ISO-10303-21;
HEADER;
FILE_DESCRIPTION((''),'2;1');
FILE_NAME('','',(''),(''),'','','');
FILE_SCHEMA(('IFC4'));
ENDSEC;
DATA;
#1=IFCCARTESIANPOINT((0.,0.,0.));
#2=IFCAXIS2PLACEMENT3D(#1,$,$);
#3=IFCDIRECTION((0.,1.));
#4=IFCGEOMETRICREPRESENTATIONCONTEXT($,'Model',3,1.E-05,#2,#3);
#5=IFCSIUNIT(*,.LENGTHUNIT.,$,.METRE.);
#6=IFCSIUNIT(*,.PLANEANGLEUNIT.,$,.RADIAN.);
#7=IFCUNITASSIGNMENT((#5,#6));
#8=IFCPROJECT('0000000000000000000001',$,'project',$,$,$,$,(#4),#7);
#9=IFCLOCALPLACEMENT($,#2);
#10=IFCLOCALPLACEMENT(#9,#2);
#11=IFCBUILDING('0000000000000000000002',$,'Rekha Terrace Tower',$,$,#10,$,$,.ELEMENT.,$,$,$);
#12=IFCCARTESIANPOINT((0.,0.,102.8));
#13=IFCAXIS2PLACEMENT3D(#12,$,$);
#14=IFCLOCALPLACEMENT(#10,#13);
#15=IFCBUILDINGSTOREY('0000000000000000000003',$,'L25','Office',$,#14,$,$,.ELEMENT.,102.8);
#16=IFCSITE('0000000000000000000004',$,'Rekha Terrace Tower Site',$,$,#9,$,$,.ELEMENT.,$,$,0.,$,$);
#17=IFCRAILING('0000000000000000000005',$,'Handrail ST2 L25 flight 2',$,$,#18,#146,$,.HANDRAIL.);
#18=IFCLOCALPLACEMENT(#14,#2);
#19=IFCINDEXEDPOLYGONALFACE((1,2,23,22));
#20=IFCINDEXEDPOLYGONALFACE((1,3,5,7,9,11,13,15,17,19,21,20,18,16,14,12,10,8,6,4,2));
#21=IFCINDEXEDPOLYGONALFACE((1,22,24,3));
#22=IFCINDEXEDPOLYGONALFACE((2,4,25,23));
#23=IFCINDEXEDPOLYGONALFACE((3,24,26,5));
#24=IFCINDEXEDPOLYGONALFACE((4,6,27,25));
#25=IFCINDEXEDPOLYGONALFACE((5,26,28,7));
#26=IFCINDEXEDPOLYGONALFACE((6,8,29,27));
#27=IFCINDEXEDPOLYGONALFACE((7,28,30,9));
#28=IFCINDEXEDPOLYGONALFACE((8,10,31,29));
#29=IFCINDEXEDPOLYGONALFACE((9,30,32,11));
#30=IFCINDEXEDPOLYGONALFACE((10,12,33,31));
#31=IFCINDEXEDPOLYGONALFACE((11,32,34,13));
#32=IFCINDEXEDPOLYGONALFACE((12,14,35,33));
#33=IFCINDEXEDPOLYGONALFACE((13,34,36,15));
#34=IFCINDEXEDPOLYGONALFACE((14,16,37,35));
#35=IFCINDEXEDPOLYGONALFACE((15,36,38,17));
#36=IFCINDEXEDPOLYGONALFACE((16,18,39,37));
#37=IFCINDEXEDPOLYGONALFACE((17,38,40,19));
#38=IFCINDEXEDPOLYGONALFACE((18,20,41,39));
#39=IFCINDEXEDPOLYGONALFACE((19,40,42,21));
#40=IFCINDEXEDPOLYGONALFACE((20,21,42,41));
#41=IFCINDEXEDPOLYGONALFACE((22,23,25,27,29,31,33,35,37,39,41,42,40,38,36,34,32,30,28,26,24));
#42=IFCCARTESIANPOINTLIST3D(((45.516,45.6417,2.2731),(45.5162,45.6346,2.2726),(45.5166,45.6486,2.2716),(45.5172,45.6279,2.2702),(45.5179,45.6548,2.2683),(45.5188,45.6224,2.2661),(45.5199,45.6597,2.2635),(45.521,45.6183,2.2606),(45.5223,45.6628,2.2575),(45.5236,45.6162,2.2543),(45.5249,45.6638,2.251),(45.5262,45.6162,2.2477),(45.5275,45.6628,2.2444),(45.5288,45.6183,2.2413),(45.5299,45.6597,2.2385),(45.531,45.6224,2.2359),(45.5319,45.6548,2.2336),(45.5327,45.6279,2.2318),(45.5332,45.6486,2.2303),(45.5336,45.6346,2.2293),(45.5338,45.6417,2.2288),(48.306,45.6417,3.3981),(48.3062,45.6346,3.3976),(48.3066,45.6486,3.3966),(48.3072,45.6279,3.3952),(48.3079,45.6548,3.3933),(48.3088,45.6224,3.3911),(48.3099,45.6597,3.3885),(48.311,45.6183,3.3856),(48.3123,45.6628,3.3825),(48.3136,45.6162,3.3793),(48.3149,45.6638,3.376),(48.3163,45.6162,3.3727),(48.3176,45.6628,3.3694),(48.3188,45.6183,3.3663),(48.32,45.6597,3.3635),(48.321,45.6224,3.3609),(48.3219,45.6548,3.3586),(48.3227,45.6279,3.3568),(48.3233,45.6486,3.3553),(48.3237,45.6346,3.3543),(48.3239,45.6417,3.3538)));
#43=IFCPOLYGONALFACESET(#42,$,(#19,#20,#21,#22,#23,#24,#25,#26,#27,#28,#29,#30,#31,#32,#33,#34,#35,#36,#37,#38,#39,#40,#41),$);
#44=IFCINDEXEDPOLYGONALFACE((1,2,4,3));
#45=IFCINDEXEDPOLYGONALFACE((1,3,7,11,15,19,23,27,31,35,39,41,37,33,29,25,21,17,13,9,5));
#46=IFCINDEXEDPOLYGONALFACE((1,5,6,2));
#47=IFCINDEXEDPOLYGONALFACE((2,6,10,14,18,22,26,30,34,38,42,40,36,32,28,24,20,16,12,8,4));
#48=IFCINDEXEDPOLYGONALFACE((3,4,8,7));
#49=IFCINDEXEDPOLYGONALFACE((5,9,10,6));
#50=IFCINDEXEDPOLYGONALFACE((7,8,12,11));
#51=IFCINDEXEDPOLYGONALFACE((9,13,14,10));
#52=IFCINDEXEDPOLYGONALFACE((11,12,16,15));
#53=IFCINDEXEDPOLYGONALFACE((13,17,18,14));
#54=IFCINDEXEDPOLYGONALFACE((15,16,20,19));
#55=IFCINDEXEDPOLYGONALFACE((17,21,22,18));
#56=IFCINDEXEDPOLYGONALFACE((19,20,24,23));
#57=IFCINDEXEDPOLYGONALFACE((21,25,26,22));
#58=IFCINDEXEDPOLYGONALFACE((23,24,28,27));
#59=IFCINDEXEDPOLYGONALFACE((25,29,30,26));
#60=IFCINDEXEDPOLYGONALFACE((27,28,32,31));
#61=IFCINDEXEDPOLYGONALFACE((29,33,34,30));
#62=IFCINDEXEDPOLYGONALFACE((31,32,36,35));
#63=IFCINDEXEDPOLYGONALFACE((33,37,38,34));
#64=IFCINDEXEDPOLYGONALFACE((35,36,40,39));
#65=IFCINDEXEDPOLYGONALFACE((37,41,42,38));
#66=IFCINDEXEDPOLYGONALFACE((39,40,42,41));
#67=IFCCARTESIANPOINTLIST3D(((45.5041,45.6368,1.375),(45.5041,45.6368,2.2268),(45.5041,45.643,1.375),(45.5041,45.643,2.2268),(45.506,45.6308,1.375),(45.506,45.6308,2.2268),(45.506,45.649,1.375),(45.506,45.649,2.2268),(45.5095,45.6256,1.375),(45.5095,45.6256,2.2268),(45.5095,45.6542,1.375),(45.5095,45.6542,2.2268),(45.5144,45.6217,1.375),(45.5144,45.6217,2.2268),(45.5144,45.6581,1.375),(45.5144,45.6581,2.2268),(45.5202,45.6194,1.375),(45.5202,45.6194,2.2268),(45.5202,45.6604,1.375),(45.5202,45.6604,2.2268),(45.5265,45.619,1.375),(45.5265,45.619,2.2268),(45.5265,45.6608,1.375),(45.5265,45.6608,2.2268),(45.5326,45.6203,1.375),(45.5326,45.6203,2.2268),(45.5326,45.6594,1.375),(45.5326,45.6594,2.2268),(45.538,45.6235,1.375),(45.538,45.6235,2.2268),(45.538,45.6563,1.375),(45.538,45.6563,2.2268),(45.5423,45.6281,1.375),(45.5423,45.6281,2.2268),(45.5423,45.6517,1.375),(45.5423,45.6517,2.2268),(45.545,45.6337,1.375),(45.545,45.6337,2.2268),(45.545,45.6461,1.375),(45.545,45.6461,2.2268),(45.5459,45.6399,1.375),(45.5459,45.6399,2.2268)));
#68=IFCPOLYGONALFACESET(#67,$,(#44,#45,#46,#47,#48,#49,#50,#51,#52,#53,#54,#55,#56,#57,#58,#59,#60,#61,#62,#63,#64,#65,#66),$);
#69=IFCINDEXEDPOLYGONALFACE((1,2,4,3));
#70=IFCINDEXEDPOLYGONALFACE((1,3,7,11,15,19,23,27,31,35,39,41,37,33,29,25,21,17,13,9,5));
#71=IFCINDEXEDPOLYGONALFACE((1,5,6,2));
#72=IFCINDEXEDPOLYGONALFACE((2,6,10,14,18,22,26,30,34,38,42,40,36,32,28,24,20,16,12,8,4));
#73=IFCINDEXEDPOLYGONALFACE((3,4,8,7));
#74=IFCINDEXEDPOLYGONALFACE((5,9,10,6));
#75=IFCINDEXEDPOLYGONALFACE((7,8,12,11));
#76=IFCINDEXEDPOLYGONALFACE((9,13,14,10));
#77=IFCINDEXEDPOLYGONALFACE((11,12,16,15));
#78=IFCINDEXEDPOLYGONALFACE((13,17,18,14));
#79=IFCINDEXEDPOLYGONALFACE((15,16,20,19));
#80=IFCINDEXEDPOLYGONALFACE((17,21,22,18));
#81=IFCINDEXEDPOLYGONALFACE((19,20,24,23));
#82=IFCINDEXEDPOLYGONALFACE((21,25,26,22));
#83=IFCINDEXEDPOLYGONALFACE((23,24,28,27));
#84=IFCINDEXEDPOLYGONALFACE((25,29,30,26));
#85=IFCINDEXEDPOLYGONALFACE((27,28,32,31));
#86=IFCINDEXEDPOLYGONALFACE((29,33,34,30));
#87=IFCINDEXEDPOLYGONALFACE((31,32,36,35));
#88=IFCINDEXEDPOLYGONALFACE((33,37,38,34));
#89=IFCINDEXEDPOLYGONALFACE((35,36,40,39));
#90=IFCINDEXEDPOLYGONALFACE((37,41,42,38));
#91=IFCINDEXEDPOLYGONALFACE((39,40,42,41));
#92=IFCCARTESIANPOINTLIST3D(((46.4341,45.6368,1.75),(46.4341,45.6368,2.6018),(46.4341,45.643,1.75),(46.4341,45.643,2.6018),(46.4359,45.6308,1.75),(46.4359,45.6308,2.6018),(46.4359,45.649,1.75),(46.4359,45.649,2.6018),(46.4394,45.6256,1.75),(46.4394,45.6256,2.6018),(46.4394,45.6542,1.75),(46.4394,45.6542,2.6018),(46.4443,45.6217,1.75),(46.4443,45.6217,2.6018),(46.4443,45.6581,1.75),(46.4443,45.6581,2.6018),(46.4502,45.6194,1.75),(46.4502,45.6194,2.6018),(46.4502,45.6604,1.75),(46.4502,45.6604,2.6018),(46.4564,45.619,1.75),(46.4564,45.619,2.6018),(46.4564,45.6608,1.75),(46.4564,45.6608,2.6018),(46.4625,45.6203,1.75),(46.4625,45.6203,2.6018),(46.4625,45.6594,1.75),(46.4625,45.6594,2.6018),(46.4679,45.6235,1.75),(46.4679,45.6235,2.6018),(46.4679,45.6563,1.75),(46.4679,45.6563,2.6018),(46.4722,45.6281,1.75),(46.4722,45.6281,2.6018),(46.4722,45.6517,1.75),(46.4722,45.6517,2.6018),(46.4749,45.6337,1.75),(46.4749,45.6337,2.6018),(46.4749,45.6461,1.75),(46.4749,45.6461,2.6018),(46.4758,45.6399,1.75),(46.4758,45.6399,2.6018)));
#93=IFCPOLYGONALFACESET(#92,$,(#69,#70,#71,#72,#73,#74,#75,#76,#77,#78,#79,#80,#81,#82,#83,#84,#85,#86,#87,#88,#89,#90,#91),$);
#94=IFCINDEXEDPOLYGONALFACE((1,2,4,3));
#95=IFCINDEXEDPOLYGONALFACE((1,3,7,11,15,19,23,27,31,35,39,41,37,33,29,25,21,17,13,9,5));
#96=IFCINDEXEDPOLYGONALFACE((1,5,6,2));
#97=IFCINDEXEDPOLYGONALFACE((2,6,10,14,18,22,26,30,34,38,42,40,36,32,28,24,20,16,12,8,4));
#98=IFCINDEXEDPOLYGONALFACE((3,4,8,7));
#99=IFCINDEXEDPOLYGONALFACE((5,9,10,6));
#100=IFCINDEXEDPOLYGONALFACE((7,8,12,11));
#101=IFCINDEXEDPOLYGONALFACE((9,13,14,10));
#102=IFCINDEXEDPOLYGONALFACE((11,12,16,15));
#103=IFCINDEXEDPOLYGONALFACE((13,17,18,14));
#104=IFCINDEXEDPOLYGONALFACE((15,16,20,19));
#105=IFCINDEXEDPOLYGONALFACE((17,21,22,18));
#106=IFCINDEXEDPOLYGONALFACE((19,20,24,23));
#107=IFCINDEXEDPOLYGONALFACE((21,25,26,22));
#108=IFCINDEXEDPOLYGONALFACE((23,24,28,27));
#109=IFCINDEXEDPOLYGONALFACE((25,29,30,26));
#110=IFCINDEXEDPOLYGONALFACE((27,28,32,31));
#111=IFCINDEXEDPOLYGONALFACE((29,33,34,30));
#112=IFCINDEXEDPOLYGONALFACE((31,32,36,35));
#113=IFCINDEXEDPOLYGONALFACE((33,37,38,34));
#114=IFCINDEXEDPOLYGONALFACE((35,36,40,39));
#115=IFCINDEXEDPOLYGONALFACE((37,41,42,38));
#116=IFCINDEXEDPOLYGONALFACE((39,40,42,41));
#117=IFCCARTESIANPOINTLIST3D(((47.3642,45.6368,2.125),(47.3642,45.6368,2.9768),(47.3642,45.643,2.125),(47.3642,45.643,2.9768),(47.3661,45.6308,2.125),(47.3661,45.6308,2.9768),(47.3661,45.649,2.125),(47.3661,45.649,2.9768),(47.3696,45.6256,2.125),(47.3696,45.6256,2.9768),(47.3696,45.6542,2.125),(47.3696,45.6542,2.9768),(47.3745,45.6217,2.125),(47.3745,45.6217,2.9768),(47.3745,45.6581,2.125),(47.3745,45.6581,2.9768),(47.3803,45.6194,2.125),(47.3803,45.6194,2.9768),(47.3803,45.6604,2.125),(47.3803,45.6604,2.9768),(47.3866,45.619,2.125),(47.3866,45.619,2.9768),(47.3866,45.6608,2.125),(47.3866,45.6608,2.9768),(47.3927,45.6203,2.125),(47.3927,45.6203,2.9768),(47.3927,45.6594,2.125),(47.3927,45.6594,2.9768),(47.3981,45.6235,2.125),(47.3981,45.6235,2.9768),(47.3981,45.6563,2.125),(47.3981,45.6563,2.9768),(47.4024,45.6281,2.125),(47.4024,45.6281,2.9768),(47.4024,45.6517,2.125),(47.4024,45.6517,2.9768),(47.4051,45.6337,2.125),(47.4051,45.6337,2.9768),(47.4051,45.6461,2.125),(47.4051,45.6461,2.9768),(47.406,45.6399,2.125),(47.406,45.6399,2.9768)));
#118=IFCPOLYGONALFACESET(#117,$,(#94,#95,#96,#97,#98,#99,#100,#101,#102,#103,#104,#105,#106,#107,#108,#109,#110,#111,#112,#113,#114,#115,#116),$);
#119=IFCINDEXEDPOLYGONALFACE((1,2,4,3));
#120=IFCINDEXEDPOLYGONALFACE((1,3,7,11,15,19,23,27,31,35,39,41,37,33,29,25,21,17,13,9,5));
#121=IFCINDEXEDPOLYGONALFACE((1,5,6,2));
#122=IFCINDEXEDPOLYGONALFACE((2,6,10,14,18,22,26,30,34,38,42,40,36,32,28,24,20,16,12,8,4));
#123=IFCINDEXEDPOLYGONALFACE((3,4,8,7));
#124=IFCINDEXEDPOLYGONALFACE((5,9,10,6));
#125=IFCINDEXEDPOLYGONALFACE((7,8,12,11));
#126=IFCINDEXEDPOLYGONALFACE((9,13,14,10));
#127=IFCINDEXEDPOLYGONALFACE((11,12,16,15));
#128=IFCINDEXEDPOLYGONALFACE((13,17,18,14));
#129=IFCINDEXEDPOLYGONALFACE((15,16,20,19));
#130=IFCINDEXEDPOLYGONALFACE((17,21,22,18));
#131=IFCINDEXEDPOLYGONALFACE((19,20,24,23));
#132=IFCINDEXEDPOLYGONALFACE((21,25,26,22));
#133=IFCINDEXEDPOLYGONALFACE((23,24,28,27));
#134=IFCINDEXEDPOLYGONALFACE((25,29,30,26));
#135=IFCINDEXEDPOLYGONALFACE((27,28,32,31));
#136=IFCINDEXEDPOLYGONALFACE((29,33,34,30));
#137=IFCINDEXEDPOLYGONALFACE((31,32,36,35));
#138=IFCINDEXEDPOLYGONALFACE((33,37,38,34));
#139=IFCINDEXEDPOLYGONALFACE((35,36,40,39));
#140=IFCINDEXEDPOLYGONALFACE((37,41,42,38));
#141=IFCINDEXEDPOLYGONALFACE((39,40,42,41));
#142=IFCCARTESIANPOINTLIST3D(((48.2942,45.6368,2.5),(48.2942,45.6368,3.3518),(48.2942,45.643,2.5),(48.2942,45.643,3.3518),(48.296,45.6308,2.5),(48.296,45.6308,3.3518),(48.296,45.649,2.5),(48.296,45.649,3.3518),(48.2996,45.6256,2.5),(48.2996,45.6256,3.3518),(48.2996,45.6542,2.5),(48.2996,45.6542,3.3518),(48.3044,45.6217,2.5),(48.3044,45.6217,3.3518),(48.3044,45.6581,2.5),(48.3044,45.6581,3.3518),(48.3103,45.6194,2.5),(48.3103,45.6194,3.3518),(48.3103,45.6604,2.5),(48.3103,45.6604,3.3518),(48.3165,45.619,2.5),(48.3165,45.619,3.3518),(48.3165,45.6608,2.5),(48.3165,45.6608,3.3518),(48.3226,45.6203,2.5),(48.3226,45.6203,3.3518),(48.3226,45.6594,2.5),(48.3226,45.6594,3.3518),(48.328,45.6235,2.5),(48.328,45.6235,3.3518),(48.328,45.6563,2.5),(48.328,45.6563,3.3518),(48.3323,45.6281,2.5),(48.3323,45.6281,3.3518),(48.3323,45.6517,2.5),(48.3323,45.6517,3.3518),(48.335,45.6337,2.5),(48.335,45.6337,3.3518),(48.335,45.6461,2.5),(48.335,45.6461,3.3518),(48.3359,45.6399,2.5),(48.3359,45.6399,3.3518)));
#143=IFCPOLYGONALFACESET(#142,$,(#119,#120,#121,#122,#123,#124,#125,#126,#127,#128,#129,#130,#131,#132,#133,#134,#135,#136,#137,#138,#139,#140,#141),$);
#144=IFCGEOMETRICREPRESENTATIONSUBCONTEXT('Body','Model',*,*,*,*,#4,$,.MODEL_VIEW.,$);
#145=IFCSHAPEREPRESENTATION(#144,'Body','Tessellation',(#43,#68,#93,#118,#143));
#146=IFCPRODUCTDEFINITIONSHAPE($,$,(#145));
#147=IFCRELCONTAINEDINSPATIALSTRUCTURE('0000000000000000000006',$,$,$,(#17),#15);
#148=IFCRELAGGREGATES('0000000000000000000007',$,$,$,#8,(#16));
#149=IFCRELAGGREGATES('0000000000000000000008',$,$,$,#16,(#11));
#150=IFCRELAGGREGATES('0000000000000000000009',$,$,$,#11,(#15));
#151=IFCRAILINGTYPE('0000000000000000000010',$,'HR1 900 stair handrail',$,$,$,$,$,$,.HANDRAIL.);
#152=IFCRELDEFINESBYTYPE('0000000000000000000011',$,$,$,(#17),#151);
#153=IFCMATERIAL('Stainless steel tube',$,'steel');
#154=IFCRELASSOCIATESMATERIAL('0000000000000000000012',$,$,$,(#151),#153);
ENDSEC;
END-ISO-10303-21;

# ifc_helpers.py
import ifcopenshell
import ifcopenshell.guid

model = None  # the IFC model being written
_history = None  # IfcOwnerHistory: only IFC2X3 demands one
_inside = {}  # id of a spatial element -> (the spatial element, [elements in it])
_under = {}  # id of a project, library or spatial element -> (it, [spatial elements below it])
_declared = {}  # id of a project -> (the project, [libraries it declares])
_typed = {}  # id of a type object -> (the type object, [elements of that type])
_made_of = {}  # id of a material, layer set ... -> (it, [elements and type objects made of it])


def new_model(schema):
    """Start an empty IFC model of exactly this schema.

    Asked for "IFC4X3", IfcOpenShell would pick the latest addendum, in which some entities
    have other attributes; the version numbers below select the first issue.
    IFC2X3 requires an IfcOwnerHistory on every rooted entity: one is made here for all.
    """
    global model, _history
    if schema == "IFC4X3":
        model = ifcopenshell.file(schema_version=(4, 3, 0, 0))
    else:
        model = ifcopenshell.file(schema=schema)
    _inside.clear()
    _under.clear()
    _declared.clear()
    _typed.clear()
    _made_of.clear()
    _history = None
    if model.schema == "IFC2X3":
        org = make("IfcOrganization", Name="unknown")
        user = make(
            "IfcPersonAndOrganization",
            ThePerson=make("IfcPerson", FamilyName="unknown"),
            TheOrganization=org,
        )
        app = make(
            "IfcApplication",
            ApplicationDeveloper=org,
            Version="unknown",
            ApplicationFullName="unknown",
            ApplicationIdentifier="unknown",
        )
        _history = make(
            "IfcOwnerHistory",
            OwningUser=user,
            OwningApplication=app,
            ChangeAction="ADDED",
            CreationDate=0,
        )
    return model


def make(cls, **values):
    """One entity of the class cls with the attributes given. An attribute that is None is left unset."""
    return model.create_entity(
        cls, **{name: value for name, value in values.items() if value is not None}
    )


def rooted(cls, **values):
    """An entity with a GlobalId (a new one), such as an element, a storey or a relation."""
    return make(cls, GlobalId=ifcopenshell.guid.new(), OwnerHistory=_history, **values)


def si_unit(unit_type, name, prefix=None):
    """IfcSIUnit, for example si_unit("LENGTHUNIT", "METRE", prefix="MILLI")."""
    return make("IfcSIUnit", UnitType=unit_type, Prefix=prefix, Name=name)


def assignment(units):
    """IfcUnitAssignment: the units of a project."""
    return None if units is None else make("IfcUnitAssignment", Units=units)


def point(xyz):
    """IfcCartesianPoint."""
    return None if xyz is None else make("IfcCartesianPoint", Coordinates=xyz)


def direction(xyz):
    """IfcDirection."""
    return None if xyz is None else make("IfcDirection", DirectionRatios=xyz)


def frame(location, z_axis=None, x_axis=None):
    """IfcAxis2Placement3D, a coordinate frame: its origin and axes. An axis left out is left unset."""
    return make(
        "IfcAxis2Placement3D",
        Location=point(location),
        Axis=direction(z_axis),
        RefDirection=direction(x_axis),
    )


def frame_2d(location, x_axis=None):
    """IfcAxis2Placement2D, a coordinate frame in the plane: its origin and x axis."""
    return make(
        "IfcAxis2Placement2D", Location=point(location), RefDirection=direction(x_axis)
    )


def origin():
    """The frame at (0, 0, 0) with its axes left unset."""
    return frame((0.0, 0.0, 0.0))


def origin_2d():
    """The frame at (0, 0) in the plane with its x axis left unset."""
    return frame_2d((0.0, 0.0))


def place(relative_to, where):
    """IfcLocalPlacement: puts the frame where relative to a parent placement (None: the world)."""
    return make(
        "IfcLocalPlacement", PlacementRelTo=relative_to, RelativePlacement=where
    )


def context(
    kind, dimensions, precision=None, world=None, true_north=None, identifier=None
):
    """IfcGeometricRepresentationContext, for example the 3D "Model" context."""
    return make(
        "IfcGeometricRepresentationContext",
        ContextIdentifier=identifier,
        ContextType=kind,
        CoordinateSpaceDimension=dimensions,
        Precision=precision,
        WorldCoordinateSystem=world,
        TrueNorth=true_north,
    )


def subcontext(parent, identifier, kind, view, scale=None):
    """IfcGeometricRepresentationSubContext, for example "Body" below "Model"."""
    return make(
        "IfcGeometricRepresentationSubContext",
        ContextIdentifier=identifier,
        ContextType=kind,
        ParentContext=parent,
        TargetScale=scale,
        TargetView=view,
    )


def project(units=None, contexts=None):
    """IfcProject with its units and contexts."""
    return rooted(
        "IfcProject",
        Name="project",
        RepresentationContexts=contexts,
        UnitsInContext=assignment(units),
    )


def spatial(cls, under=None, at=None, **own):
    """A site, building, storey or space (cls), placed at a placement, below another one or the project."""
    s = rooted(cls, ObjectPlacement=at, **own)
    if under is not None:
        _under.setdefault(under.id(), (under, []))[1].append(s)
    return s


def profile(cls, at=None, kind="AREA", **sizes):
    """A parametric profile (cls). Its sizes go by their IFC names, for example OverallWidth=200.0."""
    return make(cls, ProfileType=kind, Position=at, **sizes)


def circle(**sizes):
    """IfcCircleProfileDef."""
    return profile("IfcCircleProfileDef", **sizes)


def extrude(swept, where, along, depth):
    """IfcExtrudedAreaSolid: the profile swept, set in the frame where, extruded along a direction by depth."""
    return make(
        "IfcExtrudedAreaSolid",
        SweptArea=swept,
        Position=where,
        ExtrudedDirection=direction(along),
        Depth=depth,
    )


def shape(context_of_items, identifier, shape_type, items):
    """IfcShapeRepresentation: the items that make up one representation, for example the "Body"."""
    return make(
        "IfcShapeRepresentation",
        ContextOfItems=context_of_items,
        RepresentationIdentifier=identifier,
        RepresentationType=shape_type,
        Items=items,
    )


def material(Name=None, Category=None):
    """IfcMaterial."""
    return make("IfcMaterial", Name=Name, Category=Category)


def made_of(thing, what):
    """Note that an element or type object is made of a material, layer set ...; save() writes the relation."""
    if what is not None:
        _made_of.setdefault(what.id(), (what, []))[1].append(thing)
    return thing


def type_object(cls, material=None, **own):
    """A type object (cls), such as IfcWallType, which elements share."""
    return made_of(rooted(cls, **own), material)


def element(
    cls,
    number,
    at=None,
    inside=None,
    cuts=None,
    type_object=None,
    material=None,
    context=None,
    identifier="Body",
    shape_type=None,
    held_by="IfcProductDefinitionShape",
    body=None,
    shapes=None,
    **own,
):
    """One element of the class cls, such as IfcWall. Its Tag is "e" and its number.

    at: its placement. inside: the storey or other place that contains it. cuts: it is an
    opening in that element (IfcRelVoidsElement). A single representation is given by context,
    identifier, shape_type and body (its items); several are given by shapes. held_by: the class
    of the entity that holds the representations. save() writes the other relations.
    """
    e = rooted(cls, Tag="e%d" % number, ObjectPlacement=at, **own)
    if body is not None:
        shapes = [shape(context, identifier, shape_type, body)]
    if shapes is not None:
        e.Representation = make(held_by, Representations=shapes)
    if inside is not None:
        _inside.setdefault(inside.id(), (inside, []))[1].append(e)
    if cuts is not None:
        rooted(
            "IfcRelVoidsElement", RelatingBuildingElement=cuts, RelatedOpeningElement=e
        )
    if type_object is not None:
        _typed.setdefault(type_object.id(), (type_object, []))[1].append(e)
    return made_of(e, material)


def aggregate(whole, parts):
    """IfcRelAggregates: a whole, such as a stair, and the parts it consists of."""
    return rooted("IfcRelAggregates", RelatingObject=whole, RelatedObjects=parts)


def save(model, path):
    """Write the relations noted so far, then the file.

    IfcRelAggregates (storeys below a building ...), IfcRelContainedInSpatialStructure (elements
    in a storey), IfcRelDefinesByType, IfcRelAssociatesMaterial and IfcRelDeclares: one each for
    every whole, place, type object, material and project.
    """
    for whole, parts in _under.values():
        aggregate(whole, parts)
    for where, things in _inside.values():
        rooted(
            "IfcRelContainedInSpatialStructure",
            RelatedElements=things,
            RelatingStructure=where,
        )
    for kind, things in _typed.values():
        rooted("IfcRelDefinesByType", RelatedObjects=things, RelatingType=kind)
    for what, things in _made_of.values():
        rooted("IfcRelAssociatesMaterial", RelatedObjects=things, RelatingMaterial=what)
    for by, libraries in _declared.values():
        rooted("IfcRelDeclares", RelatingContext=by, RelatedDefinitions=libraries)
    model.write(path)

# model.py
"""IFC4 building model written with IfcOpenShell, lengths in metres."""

from ifc_helpers import new_model, si_unit, direction, frame, origin, origin_2d, place, context, subcontext, project, spatial, circle, extrude, material, type_object, element, save


model = new_model("IFC4")

# Units and contexts
model_context = context("Model", 3, precision=1e-05, world=origin(), true_north=direction((0.0, 1.0)))
body_context = subcontext(model_context, "Body", "Model", "MODEL_VIEW")
ifc_project = project(units=[si_unit("LENGTHUNIT", "METRE"), si_unit("PLANEANGLEUNIT", "RADIAN")], contexts=[model_context])

# Site, building, storey
site_placement = place(None, origin())
site = spatial("IfcSite", under=ifc_project, at=site_placement, Name="Rekha Terrace Tower Site", CompositionType="ELEMENT", RefElevation=0.0)
building_placement = place(site_placement, origin())
building = spatial("IfcBuilding", under=site, at=building_placement, Name="Rekha Terrace Tower", CompositionType="ELEMENT")
storey_placement = place(building_placement, frame((0.0, 0.0, 102.8)))
storey = spatial("IfcBuildingStorey", under=building, at=storey_placement, Name="L25", Description="Office", CompositionType="ELEMENT", Elevation=102.8)

# Railing
ifc_material_1 = material(Name="Stainless steel tube", Category="steel")
railing_type = type_object("IfcRailingType", Name="HR1 900 stair handrail", PredefinedType="HANDRAIL", material=ifc_material_1)
railing_placement = place(storey_placement, frame((45.5249, 45.6399, 1.375)))
element("IfcRailing", 1, at=railing_placement, inside=storey, type_object=railing_type, Name="Handrail ST2 L25 flight 2", PredefinedType="HANDRAIL", context=body_context, shape_type="SweptSolid", body=[
    extrude(circle(Radius=0.0239, at=origin_2d()), frame((0.0, 0.0, 0.876), z_axis=(0.927443, 0.0, 0.373964), x_axis=(0.0, 1.0, 0.0)), (0.0, 0.0, 1.0), 3.0083),
    extrude(circle(Radius=0.021, at=origin_2d()), origin(), (0.0, 0.0, 1.0), 0.8518),
    extrude(circle(Radius=0.021, at=origin_2d()), frame((0.9299, 0.0, 0.375)), (0.0, 0.0, 1.0), 0.8518),
    extrude(circle(Radius=0.021, at=origin_2d()), frame((1.8601, 0.0, 0.75)), (0.0, 0.0, 1.0), 0.8518),
    extrude(circle(Radius=0.021, at=origin_2d()), frame((2.79, 0.0, 1.125)), (0.0, 0.0, 1.0), 0.8518),
])

save(model, "model.ifc")
